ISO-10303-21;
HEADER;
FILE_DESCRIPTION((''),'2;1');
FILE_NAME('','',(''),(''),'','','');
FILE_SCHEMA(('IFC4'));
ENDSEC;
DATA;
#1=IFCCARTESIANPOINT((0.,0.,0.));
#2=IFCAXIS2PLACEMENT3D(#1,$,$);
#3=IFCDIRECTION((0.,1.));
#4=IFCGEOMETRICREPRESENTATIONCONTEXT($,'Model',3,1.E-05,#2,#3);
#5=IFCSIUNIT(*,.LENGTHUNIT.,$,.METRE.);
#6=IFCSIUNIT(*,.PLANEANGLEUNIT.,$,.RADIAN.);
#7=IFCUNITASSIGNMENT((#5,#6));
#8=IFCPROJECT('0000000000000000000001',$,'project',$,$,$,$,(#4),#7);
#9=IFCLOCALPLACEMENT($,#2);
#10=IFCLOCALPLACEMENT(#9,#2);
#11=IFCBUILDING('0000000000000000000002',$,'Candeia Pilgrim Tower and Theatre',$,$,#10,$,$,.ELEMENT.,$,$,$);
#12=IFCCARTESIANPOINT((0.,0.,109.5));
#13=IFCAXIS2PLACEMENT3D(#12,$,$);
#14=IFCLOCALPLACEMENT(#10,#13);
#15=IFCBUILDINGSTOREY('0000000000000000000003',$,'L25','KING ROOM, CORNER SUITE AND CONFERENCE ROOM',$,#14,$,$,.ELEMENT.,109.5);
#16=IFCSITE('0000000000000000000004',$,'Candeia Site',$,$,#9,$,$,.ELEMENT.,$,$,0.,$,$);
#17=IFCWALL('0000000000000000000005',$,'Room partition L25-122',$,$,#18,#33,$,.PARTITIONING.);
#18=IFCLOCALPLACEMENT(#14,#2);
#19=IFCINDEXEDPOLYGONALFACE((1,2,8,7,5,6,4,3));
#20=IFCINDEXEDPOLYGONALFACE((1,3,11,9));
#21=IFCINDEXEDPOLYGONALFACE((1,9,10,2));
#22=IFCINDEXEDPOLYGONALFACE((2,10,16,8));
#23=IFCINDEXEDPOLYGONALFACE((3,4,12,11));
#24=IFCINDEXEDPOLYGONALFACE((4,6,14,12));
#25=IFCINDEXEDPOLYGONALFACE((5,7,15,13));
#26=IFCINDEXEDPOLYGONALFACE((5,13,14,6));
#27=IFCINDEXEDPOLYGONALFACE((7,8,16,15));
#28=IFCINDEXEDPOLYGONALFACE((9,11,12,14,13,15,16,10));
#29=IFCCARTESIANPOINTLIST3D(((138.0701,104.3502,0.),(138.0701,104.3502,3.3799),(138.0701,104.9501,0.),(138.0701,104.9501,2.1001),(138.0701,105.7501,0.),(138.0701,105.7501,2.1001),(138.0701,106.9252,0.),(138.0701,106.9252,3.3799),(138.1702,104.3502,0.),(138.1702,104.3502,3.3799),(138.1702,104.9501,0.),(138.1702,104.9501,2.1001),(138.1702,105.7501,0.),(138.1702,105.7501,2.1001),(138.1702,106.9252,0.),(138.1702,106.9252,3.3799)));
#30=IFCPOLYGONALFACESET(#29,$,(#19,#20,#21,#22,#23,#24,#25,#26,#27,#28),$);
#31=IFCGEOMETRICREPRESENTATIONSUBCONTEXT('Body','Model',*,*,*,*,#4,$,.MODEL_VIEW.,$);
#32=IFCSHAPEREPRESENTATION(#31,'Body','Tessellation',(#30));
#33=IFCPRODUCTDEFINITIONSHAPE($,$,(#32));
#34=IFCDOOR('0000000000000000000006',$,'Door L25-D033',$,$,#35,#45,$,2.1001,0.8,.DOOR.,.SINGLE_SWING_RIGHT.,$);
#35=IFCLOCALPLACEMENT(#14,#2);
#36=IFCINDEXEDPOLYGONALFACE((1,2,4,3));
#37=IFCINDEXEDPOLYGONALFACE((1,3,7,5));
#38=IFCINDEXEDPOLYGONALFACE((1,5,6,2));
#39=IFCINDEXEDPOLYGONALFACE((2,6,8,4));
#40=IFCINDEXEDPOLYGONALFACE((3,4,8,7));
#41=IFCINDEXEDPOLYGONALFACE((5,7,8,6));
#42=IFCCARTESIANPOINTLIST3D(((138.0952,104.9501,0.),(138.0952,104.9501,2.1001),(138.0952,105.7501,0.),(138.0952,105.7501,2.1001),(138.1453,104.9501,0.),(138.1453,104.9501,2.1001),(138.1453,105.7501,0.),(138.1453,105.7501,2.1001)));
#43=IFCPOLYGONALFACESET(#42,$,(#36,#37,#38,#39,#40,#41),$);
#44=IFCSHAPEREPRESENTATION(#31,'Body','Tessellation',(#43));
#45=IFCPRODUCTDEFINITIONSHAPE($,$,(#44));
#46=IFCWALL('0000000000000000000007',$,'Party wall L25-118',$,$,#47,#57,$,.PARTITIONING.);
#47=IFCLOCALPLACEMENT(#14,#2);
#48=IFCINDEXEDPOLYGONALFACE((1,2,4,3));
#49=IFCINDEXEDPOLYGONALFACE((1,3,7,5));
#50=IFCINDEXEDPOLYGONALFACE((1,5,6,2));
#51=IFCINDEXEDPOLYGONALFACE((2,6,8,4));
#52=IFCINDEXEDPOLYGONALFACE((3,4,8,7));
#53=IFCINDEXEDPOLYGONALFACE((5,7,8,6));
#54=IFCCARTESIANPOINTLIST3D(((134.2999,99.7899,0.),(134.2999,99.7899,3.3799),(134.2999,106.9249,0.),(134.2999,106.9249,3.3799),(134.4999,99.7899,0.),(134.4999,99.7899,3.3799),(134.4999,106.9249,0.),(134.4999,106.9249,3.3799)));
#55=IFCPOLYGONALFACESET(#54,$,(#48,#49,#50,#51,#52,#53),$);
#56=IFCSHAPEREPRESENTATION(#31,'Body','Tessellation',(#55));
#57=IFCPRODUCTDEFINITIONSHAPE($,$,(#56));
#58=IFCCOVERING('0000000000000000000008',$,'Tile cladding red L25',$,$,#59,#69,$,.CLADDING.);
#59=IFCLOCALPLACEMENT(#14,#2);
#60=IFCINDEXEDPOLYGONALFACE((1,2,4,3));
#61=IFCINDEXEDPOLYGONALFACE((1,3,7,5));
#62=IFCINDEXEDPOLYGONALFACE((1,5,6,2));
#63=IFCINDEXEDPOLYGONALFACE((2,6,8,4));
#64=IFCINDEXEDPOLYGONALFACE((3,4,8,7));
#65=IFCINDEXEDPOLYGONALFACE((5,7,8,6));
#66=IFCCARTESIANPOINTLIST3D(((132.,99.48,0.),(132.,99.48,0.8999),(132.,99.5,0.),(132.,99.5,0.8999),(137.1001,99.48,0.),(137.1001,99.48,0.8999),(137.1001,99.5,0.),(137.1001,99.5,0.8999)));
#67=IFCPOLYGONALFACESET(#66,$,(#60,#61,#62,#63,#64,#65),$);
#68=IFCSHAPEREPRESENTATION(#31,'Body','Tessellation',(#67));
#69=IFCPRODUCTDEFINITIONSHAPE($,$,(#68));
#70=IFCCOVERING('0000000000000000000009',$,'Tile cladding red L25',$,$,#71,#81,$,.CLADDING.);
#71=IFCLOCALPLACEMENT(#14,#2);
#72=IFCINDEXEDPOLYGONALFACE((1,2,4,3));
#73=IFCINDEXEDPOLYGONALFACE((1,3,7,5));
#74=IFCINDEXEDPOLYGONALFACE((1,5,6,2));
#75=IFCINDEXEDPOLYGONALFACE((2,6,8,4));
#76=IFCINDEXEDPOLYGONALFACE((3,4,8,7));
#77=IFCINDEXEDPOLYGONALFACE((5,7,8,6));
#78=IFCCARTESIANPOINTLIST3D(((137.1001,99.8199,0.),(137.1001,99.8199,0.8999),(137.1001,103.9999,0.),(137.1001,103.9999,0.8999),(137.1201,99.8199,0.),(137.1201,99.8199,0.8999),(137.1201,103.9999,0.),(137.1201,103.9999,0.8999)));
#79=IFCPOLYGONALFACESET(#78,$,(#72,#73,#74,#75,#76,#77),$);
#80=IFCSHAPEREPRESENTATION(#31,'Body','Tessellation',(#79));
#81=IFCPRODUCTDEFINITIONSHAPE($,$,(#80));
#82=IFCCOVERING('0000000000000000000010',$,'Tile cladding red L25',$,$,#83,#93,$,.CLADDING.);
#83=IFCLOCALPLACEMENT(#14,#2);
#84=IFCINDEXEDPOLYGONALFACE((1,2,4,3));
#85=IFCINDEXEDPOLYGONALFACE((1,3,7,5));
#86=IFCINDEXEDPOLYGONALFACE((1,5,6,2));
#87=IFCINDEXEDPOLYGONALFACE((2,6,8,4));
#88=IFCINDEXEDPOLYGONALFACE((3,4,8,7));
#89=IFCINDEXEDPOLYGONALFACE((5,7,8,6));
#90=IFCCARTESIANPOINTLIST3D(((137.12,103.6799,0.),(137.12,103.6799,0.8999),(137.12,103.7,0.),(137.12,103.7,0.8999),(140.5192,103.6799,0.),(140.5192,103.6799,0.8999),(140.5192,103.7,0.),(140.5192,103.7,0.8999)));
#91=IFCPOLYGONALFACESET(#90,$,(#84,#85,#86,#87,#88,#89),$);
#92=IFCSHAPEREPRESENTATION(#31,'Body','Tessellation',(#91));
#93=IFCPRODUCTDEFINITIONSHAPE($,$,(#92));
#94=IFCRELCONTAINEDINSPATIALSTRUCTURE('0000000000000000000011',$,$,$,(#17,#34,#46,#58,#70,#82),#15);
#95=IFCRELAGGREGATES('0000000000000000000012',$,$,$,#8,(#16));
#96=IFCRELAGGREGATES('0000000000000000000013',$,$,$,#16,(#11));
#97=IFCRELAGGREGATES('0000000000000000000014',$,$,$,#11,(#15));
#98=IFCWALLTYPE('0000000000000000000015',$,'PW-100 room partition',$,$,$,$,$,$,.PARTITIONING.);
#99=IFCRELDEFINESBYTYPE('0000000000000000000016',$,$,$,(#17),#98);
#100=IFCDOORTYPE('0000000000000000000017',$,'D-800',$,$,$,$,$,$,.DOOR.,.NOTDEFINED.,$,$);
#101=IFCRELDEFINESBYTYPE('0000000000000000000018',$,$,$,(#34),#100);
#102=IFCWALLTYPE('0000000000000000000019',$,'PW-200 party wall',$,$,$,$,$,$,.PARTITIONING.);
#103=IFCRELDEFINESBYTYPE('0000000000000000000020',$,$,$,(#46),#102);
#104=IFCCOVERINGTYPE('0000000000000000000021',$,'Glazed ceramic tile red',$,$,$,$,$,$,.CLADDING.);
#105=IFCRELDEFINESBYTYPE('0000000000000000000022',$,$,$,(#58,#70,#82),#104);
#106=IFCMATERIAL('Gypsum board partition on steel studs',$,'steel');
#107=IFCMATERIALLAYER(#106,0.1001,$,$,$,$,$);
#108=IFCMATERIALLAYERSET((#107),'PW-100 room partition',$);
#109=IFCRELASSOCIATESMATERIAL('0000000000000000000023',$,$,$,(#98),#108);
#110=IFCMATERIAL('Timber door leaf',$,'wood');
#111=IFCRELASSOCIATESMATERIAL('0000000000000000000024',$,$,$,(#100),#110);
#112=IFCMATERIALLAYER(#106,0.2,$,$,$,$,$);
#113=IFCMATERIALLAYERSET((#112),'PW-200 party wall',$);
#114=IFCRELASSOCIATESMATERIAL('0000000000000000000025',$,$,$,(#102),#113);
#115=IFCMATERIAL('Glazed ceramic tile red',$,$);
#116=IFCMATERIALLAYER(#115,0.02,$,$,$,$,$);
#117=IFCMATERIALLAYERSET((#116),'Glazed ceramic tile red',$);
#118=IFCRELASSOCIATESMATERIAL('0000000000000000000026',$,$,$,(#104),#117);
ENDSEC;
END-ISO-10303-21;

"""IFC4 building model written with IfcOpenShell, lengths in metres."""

from ifc_helpers import new_model, si_unit, direction, frame, frame_2d, origin, origin_2d, place, context, subcontext, project, spatial, rectangle, extrude, material, layer, layer_set, type_object, element, fill, save


model = new_model("IFC4")

# Units and contexts
model_context = context("Model", 3, precision=1e-05, world=origin(), true_north=direction((0.0, 1.0)))
body_context = subcontext(model_context, "Body", "Model", "MODEL_VIEW")
ifc_project = project(units=[si_unit("LENGTHUNIT", "METRE"), si_unit("PLANEANGLEUNIT", "RADIAN")], contexts=[model_context])

# Site, building, storey
site_placement = place(None, origin())
site = spatial("IfcSite", under=ifc_project, at=site_placement, Name="Candeia Site", CompositionType="ELEMENT", RefElevation=0.0)
building_placement = place(site_placement, origin())
building = spatial("IfcBuilding", under=site, at=building_placement, Name="Candeia Pilgrim Tower and Theatre", CompositionType="ELEMENT")
storey_placement = place(building_placement, frame((0.0, 0.0, 109.5)))
storey = spatial("IfcBuildingStorey", under=building, at=storey_placement, Name="L25", Description="KING ROOM, CORNER SUITE AND CONFERENCE ROOM", CompositionType="ELEMENT", Elevation=109.5)

# Shared definitions
ifc_material_1 = material(Name="Gypsum board partition on steel studs", Category="steel")
ifc_layer_1 = layer(ifc_material_1, 0.1001)
ifc_layer_set_1 = layer_set([ifc_layer_1], Name="PW-100 room partition")
wall_type_1 = type_object("IfcWallType", Name="PW-100 room partition", PredefinedType="PARTITIONING", material=ifc_layer_set_1)

# Wall, opening, door
ifc_material_2 = material(Name="Timber door leaf", Category="wood")
door_type_1 = type_object("IfcDoorType", Name="D-800", OperationType="NOTDEFINED", PredefinedType="DOOR", material=ifc_material_2)
wall_1_placement = place(storey_placement, frame((138.1201, 104.3501, 0.0), z_axis=(0.0, 0.0, 1.0), x_axis=(0.0, 1.0, 0.0)))
wall_1 = element("IfcWall", 1, at=wall_1_placement, inside=storey, type_object=wall_type_1, Name="Room partition L25-122", PredefinedType="PARTITIONING", context=body_context, shape_type="SweptSolid", body=[
    extrude(rectangle(XDim=2.575, YDim=0.1001, at=frame_2d((1.2876, 0.0))), origin(), (0.0, 0.0, 1.0), 3.3799),
])
opening_1_placement = place(wall_1_placement, frame((0.6001, 0.0, 0.0)))
opening_1 = element("IfcOpeningElement", 2, at=opening_1_placement, cuts=wall_1, PredefinedType="OPENING", context=body_context, shape_type="SweptSolid", body=[
    extrude(rectangle(XDim=0.8, YDim=2.1001, at=frame_2d((0.3999, 1.05))), frame((0.0, 0.0601, 0.0), z_axis=(0.0, -1.0, 0.0), x_axis=(1.0, 0.0, 0.0)), (0.0, 0.0, 1.0), 0.1201),
])
door_1_placement = place(opening_1_placement, origin())
door_1 = element("IfcDoor", 3, at=door_1_placement, inside=storey, type_object=door_type_1, Name="Door L25-D033", OperationType="SINGLE_SWING_RIGHT", OverallHeight=2.1001, OverallWidth=0.8, PredefinedType="DOOR", context=body_context, shape_type="SweptSolid", body=[
    extrude(rectangle(XDim=0.8, YDim=2.1001, at=frame_2d((0.3999, 1.05))), frame((0.0, 0.0249, 0.0), z_axis=(0.0, -1.0, 0.0), x_axis=(1.0, 0.0, 0.0)), (0.0, 0.0, 1.0), 0.05),
])
fill(opening_1, door_1)

# Wall
ifc_layer_2 = layer(ifc_material_1, 0.2)
ifc_layer_set_2 = layer_set([ifc_layer_2], Name="PW-200 party wall")
wall_type_2 = type_object("IfcWallType", Name="PW-200 party wall", PredefinedType="PARTITIONING", material=ifc_layer_set_2)
wall_2_placement = place(storey_placement, frame((134.3999, 99.79, 0.0), z_axis=(0.0, 0.0, 1.0), x_axis=(0.0, 1.0, 0.0)))
element("IfcWall", 4, at=wall_2_placement, inside=storey, type_object=wall_type_2, Name="Party wall L25-118", PredefinedType="PARTITIONING", context=body_context, shape_type="SweptSolid", body=[
    extrude(rectangle(XDim=7.135, YDim=0.2, at=frame_2d((3.5674, 0.0))), origin(), (0.0, 0.0, 1.0), 3.3799),
])

# Coverings
ifc_material_3 = material(Name="Glazed ceramic tile red")
ifc_layer_3 = layer(ifc_material_3, 0.02)
ifc_layer_set_3 = layer_set([ifc_layer_3], Name="Glazed ceramic tile red")
covering_type = type_object("IfcCoveringType", Name="Glazed ceramic tile red", PredefinedType="CLADDING", material=ifc_layer_set_3)
covering_1_placement = place(storey_placement, frame((134.55, 99.49, 0.0), z_axis=(0.0, 0.0, 1.0), x_axis=(1.0, 0.0, 0.0)))
element("IfcCovering", 5, at=covering_1_placement, inside=storey, type_object=covering_type, Name="Tile cladding red L25", PredefinedType="CLADDING", context=body_context, shape_type="SweptSolid", body=[
    extrude(rectangle(XDim=5.1001, YDim=0.02, at=origin_2d()), origin(), (0.0, 0.0, 1.0), 0.8999),
])
covering_2_placement = place(storey_placement, frame((137.1101, 101.9099, 0.0), z_axis=(0.0, 0.0, 1.0), x_axis=(0.0, 1.0, 0.0)))
element("IfcCovering", 6, at=covering_2_placement, inside=storey, type_object=covering_type, Name="Tile cladding red L25", PredefinedType="CLADDING", context=body_context, shape_type="SweptSolid", body=[
    extrude(rectangle(XDim=4.1799, YDim=0.02, at=origin_2d()), origin(), (0.0, 0.0, 1.0), 0.8999),
])
covering_3_placement = place(storey_placement, frame((138.8196, 103.6899, 0.0), z_axis=(0.0, 0.0, 1.0), x_axis=(1.0, 0.0, 0.0)))
element("IfcCovering", 7, at=covering_3_placement, inside=storey, type_object=covering_type, Name="Tile cladding red L25", PredefinedType="CLADDING", context=body_context, shape_type="SweptSolid", body=[
    extrude(rectangle(XDim=3.3992, YDim=0.02, at=origin_2d()), origin(), (0.0, 0.0, 1.0), 0.8999),
])

save(model, "model.ifc")
